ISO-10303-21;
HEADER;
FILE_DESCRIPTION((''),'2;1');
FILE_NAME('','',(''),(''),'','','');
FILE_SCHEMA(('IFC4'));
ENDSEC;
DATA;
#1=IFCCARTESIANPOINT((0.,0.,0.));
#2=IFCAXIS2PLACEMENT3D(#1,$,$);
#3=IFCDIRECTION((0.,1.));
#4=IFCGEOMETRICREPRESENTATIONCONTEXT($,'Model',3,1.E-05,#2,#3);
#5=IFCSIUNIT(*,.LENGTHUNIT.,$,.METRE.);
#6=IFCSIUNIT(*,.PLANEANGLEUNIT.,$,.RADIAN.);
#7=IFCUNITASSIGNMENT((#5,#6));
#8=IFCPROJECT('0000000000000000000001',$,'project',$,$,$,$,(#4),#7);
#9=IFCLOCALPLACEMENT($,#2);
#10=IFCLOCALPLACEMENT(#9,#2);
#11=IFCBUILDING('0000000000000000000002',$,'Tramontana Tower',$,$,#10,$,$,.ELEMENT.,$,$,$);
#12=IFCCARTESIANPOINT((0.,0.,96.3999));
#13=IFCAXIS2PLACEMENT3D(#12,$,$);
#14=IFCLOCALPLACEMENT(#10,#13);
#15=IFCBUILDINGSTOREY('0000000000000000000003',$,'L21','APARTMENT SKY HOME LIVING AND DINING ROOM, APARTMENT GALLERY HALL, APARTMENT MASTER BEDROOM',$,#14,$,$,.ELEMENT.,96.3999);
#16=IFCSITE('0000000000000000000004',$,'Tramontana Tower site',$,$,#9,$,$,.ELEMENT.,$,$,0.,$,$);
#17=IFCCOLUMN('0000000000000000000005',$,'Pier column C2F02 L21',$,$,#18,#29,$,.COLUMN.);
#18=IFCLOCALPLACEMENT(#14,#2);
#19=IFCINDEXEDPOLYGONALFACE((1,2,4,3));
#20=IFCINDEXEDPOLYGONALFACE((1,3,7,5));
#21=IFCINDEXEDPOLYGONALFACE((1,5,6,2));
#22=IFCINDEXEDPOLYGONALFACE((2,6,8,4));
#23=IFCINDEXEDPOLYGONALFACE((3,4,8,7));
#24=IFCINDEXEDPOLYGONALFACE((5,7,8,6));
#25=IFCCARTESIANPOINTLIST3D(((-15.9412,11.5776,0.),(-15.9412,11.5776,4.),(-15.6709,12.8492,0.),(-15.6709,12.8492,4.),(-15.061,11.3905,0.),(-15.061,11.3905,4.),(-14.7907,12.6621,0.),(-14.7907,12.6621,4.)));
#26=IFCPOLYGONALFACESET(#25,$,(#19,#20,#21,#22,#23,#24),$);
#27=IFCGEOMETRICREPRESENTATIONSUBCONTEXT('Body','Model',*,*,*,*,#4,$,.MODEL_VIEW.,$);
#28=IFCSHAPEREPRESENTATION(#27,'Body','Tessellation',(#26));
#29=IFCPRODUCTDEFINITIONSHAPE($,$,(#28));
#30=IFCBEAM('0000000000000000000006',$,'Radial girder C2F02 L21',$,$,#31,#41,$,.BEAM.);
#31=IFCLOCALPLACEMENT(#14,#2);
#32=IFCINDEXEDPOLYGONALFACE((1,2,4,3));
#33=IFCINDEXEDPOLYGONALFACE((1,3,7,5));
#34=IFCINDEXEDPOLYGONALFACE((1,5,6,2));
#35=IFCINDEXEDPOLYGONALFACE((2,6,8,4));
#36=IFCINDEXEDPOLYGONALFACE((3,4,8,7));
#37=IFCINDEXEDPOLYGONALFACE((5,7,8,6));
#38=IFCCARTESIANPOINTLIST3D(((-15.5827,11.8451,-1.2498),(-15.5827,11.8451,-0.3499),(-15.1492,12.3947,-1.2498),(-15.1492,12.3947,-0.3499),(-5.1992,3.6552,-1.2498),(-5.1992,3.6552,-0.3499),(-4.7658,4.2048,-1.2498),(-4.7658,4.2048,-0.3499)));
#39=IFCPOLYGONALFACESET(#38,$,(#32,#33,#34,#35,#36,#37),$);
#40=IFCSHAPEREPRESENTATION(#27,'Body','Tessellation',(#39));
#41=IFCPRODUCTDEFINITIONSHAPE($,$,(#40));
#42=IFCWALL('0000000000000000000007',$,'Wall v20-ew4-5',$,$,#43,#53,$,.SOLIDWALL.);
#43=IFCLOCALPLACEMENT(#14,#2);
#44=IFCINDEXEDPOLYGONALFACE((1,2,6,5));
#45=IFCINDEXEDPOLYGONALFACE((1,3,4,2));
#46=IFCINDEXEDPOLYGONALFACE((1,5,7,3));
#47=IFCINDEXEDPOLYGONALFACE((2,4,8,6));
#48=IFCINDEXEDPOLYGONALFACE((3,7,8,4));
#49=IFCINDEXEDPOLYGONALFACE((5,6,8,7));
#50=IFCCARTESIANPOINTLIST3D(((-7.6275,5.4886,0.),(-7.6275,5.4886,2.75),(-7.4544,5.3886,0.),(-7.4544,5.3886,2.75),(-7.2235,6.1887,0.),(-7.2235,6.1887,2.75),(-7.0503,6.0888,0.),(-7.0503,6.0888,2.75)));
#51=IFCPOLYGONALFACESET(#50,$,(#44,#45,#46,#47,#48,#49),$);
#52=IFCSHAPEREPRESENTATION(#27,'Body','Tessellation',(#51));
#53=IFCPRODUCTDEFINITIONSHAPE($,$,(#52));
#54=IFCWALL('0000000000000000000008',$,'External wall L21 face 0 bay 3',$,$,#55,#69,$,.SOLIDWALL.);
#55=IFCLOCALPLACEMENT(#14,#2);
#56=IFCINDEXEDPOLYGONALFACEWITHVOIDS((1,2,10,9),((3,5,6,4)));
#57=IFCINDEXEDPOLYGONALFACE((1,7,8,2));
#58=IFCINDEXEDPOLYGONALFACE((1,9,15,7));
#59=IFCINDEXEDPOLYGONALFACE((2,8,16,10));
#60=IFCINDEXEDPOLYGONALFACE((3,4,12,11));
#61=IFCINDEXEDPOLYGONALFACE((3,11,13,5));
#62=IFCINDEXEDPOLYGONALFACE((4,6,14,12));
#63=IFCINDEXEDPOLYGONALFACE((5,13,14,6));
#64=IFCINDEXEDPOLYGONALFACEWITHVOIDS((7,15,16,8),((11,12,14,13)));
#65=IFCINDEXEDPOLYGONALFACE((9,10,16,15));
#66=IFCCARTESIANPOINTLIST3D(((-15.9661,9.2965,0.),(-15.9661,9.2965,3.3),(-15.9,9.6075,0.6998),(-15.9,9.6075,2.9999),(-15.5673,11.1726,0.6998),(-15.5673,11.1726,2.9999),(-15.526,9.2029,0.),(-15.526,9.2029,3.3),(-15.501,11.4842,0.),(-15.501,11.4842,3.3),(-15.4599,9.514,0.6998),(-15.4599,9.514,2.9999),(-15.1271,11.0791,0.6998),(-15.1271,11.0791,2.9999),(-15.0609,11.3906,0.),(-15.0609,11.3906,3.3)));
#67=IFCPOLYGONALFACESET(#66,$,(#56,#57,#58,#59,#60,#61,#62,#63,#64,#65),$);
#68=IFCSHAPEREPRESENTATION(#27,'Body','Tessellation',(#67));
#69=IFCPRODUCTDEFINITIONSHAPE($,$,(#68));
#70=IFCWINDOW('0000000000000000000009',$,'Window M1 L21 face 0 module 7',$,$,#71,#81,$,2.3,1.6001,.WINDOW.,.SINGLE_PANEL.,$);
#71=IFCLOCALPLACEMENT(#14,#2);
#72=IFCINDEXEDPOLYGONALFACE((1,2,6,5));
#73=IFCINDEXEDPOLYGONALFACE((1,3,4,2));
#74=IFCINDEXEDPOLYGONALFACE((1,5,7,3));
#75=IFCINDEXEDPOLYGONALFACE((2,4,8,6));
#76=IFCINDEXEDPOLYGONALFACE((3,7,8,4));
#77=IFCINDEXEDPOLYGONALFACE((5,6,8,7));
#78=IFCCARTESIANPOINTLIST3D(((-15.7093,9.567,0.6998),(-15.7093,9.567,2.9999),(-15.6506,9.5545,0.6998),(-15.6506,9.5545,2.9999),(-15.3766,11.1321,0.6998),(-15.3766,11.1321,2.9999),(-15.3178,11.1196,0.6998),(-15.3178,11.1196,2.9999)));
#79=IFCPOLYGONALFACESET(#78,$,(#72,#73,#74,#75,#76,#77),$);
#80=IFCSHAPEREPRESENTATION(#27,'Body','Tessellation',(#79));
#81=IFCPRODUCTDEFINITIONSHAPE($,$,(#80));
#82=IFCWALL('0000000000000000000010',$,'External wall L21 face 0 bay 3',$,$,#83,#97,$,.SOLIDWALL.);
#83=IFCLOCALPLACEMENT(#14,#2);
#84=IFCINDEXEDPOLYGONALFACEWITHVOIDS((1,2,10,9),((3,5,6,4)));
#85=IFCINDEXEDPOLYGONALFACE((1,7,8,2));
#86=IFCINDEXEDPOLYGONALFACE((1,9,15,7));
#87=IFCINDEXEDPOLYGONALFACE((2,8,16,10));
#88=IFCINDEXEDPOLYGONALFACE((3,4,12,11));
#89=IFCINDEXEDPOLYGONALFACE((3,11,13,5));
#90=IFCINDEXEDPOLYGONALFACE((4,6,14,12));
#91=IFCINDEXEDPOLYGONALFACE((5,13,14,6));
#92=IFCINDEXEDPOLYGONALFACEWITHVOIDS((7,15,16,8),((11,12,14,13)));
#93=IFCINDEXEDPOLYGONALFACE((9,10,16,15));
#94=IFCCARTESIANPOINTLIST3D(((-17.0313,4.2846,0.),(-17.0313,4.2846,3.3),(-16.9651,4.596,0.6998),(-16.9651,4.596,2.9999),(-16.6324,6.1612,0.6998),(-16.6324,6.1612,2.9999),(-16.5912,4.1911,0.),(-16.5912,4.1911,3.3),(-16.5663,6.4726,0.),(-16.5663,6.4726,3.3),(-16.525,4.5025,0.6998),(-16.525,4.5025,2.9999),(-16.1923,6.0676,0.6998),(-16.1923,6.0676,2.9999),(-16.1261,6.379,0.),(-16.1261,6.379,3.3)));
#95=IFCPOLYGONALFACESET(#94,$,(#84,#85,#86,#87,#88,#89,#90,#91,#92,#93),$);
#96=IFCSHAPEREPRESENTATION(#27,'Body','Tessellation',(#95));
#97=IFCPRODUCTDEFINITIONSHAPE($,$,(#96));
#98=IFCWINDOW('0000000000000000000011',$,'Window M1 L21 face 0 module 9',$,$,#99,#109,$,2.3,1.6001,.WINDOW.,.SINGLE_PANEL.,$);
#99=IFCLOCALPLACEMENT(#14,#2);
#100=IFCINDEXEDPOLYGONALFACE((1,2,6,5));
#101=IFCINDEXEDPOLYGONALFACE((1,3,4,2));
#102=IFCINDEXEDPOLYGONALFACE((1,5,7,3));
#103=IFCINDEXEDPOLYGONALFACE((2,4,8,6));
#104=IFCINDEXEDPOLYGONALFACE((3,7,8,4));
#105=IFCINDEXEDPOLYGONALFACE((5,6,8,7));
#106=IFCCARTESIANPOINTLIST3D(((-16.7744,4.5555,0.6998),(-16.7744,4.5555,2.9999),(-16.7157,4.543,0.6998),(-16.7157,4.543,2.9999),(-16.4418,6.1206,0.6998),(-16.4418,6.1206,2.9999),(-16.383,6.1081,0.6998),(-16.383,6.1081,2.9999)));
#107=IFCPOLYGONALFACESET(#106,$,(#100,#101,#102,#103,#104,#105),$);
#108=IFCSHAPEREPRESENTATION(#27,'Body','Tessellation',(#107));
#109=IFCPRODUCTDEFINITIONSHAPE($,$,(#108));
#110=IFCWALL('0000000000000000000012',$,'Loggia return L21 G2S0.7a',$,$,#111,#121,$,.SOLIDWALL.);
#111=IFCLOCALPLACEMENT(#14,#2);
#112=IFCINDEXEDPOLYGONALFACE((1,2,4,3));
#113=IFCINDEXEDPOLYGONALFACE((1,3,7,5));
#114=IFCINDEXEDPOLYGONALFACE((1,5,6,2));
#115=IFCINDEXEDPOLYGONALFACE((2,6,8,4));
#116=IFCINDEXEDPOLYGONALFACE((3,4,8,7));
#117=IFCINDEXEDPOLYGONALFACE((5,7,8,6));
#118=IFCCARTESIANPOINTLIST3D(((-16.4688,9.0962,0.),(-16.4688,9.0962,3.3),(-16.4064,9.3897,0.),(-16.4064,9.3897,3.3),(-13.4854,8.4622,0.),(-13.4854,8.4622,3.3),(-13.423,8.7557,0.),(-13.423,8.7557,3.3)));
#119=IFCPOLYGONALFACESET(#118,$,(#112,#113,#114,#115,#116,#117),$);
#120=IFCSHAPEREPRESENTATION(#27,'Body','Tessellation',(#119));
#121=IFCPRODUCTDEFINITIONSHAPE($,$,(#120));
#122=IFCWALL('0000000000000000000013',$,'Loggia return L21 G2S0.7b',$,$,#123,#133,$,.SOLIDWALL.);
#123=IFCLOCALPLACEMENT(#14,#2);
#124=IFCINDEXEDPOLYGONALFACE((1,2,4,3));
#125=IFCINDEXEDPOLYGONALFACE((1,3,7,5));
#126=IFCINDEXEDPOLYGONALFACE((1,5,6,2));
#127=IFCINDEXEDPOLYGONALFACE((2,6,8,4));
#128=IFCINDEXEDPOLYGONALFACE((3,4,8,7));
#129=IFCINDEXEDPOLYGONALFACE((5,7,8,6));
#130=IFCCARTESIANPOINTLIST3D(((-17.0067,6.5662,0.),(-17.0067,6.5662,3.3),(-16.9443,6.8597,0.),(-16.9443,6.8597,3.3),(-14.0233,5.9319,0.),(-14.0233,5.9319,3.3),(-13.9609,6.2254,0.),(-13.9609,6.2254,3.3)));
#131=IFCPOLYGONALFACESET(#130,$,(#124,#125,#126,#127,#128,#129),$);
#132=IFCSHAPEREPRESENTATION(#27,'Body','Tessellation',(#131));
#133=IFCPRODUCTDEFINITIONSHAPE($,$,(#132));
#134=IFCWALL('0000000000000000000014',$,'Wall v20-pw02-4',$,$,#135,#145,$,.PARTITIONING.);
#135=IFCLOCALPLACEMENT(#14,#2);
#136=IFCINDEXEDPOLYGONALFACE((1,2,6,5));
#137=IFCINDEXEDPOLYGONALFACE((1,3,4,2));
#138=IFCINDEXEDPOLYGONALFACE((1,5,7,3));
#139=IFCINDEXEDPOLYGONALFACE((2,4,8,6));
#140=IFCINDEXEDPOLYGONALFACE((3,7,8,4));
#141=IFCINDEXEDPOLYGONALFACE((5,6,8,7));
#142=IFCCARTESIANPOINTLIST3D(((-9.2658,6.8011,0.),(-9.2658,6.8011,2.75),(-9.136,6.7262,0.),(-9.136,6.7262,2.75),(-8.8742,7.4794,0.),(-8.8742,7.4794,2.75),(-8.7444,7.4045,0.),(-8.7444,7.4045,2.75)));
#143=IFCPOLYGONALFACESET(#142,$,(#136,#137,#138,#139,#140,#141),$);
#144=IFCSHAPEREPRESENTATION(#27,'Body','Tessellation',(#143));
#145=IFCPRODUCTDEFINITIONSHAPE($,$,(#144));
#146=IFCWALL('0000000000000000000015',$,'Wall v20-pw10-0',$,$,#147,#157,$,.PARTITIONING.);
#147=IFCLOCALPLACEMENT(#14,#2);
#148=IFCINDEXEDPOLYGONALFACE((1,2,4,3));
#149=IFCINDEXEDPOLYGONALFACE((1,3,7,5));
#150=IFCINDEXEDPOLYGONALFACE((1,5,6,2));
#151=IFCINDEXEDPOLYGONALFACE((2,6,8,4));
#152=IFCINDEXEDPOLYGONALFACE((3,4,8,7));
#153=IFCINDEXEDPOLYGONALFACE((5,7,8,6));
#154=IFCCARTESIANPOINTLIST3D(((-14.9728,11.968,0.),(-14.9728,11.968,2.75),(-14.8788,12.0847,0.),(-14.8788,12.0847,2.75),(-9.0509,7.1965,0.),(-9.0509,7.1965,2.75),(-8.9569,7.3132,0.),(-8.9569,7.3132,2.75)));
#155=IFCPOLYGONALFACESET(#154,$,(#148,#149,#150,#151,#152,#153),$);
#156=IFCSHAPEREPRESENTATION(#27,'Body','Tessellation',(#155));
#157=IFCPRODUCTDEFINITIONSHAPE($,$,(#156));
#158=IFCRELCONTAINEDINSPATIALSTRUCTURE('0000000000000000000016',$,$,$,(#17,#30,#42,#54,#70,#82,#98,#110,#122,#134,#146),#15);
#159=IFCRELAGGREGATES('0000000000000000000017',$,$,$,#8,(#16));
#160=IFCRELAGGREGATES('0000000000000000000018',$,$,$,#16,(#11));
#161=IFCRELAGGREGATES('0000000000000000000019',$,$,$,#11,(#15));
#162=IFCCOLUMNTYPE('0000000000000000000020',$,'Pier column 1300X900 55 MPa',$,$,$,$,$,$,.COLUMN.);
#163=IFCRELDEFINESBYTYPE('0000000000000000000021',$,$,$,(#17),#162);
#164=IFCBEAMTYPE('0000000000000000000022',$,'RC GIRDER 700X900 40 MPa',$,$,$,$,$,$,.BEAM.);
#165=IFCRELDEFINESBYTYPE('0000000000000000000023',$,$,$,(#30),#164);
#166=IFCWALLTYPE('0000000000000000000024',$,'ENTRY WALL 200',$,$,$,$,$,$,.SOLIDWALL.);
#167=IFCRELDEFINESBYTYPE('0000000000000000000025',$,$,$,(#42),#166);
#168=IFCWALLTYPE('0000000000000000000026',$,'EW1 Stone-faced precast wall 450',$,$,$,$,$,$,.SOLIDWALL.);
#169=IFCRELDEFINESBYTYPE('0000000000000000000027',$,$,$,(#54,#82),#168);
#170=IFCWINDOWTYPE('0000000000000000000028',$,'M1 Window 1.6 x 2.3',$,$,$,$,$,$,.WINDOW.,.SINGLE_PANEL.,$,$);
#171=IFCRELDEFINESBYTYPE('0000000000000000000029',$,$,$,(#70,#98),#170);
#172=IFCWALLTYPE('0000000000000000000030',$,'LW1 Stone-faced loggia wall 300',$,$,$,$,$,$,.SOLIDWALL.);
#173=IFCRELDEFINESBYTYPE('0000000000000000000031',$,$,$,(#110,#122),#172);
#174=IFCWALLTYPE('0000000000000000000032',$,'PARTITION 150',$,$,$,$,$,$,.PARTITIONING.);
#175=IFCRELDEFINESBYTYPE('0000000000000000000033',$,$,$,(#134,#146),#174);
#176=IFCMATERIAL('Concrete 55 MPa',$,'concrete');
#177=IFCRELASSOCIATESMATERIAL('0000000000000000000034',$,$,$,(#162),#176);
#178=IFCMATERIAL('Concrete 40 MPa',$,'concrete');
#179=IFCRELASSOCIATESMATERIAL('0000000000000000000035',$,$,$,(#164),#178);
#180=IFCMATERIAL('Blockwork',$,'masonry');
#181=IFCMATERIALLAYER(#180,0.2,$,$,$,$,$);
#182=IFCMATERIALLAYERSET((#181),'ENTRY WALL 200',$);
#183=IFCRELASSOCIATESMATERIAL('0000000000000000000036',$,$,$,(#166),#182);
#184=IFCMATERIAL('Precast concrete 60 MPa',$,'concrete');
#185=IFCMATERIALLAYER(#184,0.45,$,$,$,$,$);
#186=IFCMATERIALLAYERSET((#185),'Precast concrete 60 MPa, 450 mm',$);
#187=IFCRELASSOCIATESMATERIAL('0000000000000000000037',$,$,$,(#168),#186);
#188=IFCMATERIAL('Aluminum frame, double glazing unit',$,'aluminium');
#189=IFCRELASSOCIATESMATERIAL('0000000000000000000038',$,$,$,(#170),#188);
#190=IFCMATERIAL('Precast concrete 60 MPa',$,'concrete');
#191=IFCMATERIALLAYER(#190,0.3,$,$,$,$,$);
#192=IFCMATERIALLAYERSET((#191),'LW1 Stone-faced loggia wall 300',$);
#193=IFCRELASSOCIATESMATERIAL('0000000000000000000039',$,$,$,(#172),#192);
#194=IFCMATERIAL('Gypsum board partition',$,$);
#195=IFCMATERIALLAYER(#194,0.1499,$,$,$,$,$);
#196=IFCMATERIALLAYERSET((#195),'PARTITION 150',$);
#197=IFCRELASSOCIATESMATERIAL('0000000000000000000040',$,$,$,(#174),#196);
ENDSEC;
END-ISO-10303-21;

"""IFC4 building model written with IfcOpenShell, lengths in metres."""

from ifc_helpers import new_model, si_unit, direction, frame, frame_2d, origin, origin_2d, place, context, subcontext, project, spatial, rectangle, extrude, material, layer, layer_set, material_profile, profile_set, type_object, element, fill, save


model = new_model("IFC4")

# Units and contexts
model_context = context("Model", 3, precision=1e-05, world=origin(), true_north=direction((0.0, 1.0)))
body_context = subcontext(model_context, "Body", "Model", "MODEL_VIEW")
ifc_project = project(units=[si_unit("LENGTHUNIT", "METRE"), si_unit("PLANEANGLEUNIT", "RADIAN")], contexts=[model_context])

# Site, building, storey
site_placement = place(None, origin())
site = spatial("IfcSite", under=ifc_project, at=site_placement, Name="Tramontana Tower site", CompositionType="ELEMENT", RefElevation=0.0)
building_placement = place(site_placement, origin())
building = spatial("IfcBuilding", under=site, at=building_placement, Name="Tramontana Tower", CompositionType="ELEMENT")
storey_placement = place(building_placement, frame((0.0, 0.0, 96.3999)))
storey = spatial("IfcBuildingStorey", under=building, at=storey_placement, Name="L21", Description="APARTMENT SKY HOME LIVING AND DINING ROOM, APARTMENT GALLERY HALL, APARTMENT MASTER BEDROOM", CompositionType="ELEMENT", Elevation=96.3999)

# Column
ifc_material_1 = material(Name="Concrete 55 MPa", Category="concrete")
ifc_material_profile_1 = material_profile(ifc_material_1, rectangle(XDim=1.3, YDim=0.8999, at=origin_2d()), Name="Pier column 1300X900 55 MPa")
ifc_profile_set_1 = profile_set([ifc_material_profile_1], Name="Concrete 55 MPa")
column_type = type_object("IfcColumnType", Name="Pier column 1300X900 55 MPa", PredefinedType="COLUMN", material=ifc_profile_set_1)
column_placement = place(storey_placement, frame((-15.366, 12.1199, 0.0), z_axis=(0.0, 0.0, 1.0), x_axis=(-0.207912, -0.978148, 0.0)))
element("IfcColumn", 1, at=column_placement, inside=storey, type_object=column_type, Name="Pier column C2F02 L21", PredefinedType="COLUMN", context=body_context, shape_type="SweptSolid", body=[
    extrude(rectangle(XDim=1.3, YDim=0.8999, at=origin_2d()), origin(), (0.0, 0.0, 1.0), 4.0),
])

# Beam
ifc_material_2 = material(Name="Concrete 40 MPa", Category="concrete")
ifc_material_profile_2 = material_profile(ifc_material_2, rectangle(XDim=0.7, YDim=0.8999, at=origin_2d()), Name="RC GIRDER 700X900 40 MPa")
ifc_profile_set_2 = profile_set([ifc_material_profile_2], Name="Concrete 40 MPa")
beam_type = type_object("IfcBeamType", Name="RC GIRDER 700X900 40 MPa", PredefinedType="BEAM", material=ifc_profile_set_2)
beam_placement = place(storey_placement, frame((-15.366, 12.1199, -0.7998), z_axis=(0.785162, -0.61929, 0.0), x_axis=(0.61929, 0.785162, 0.0)))
element("IfcBeam", 2, at=beam_placement, inside=storey, type_object=beam_type, Name="Radial girder C2F02 L21", PredefinedType="BEAM", context=body_context, shape_type="SweptSolid", body=[
    extrude(rectangle(XDim=0.7, YDim=0.8999, at=origin_2d()), origin(), (0.0, 0.0, 1.0), 13.2246),
])

# Wall
ifc_material_3 = material(Name="Blockwork", Category="masonry")
ifc_layer_1 = layer(ifc_material_3, 0.2)
ifc_layer_set_1 = layer_set([ifc_layer_1], Name="ENTRY WALL 200")
wall_type_1 = type_object("IfcWallType", Name="ENTRY WALL 200", PredefinedType="SOLIDWALL", material=ifc_layer_set_1)
wall_1_placement = place(storey_placement, frame((-7.541, 5.4385, 0.0), z_axis=(0.0, 0.0, 1.0), x_axis=(0.49981, 0.866135, 0.0)))
element("IfcWall", 3, at=wall_1_placement, inside=storey, type_object=wall_type_1, Name="Wall v20-ew4-5", PredefinedType="SOLIDWALL", context=body_context, shape_type="SweptSolid", body=[
    extrude(rectangle(XDim=0.8083, YDim=0.2, at=frame_2d((0.4043, 0.0))), origin(), (0.0, 0.0, 1.0), 2.75),
])

# Walls, openings, windows
ifc_material_4 = material(Name="Precast concrete 60 MPa", Category="concrete")
ifc_layer_2 = layer(ifc_material_4, 0.45)
ifc_layer_set_2 = layer_set([ifc_layer_2], Name="Precast concrete 60 MPa, 450 mm")
wall_type_2 = type_object("IfcWallType", Name="EW1 Stone-faced precast wall 450", PredefinedType="SOLIDWALL", material=ifc_layer_set_2)
wall_2_placement = place(storey_placement, frame((-15.281, 11.4373, 0.0), z_axis=(0.0, 0.0, 1.0), x_axis=(-0.207941, -0.978141, 0.0)))
wall_2 = element("IfcWall", 4, at=wall_2_placement, inside=storey, type_object=wall_type_2, Name="External wall L21 face 0 bay 3", PredefinedType="SOLIDWALL", context=body_context, shape_type="SweptSolid", body=[
    extrude(rectangle(XDim=2.2366, YDim=0.45, at=frame_2d((1.1182, 0.0))), origin(), (0.0, 0.0, 1.0), 3.3),
])
opening_1_placement = place(wall_2_placement, frame((0.3184, 0.0, 0.7)))
opening_1 = element("IfcOpeningElement", 5, at=opening_1_placement, cuts=wall_2, PredefinedType="OPENING", context=body_context, shape_type="SweptSolid", body=[
    extrude(rectangle(XDim=1.6001, YDim=2.3, at=frame_2d((0.8, 1.1499))), frame((0.0, 0.2349, 0.0), z_axis=(0.0, -1.0, 0.0), x_axis=(1.0, 0.0, 0.0)), (0.0, 0.0, 1.0), 0.47),
])
ifc_material_5 = material(Name="Aluminum frame, double glazing unit", Category="aluminium")
window_type = type_object("IfcWindowType", Name="M1 Window 1.6 x 2.3", PartitioningType="SINGLE_PANEL", PredefinedType="WINDOW", material=ifc_material_5)
window_1_placement = place(opening_1_placement, origin())
window_1 = element("IfcWindow", 6, at=window_1_placement, inside=storey, type_object=window_type, Name="Window M1 L21 face 0 module 7", OverallHeight=2.3, OverallWidth=1.6001, PartitioningType="SINGLE_PANEL", PredefinedType="WINDOW", context=body_context, shape_type="SweptSolid", body=[
    extrude(rectangle(XDim=1.6001, YDim=2.3, at=frame_2d((0.8, 1.1499))), frame((0.0, 0.03, 0.0), z_axis=(0.0, -1.0, 0.0), x_axis=(1.0, 0.0, 0.0)), (0.0, 0.0, 1.0), 0.0601),
])
fill(opening_1, window_1)
wall_3_placement = place(storey_placement, frame((-16.3462, 6.4258, 0.0), z_axis=(0.0, 0.0, 1.0), x_axis=(-0.207919, -0.978146, 0.0)))
wall_3 = element("IfcWall", 7, at=wall_3_placement, inside=storey, type_object=wall_type_2, Name="External wall L21 face 0 bay 3", PredefinedType="SOLIDWALL", context=body_context, shape_type="SweptSolid", body=[
    extrude(rectangle(XDim=2.2368, YDim=0.45, at=frame_2d((1.1184, 0.0))), origin(), (0.0, 0.0, 1.0), 3.3),
])
opening_2_placement = place(wall_3_placement, frame((0.3184, 0.0, 0.7)))
opening_2 = element("IfcOpeningElement", 8, at=opening_2_placement, cuts=wall_3, PredefinedType="OPENING", context=body_context, shape_type="SweptSolid", body=[
    extrude(rectangle(XDim=1.6001, YDim=2.3, at=frame_2d((0.8, 1.1499))), frame((0.0, 0.2349, 0.0), z_axis=(0.0, -1.0, 0.0), x_axis=(1.0, 0.0, 0.0)), (0.0, 0.0, 1.0), 0.47),
])
window_2_placement = place(opening_2_placement, origin())
window_2 = element("IfcWindow", 9, at=window_2_placement, inside=storey, type_object=window_type, Name="Window M1 L21 face 0 module 9", OverallHeight=2.3, OverallWidth=1.6001, PartitioningType="SINGLE_PANEL", PredefinedType="WINDOW", context=body_context, shape_type="SweptSolid", body=[
    extrude(rectangle(XDim=1.6001, YDim=2.3, at=frame_2d((0.8, 1.1499))), frame((0.0, 0.03, 0.0), z_axis=(0.0, -1.0, 0.0), x_axis=(1.0, 0.0, 0.0)), (0.0, 0.0, 1.0), 0.0601),
])
fill(opening_2, window_2)

# Shared definitions
ifc_material_6 = material(Name="Precast concrete 60 MPa", Category="concrete")
ifc_layer_3 = layer(ifc_material_6, 0.3)
ifc_layer_set_3 = layer_set([ifc_layer_3], Name="LW1 Stone-faced loggia wall 300")
wall_type_3 = type_object("IfcWallType", Name="LW1 Stone-faced loggia wall 300", PredefinedType="SOLIDWALL", material=ifc_layer_set_3)

# Walls
for number, where, z_axis, x_axis, name in (
    (10, (-16.4375, 9.2429, 0.0), (0.0, 0.0, 1.0), (0.978155, -0.207878, 0.0), "Loggia return L21 G2S0.7a"),
    (11, (-16.9753, 6.7129, 0.0), (0.0, 0.0, 1.0), (0.978139, -0.207954, 0.0), "Loggia return L21 G2S0.7b"),
):
    element("IfcWall", number, at=place(storey_placement, frame(where, z_axis=z_axis, x_axis=x_axis)), inside=storey, type_object=wall_type_3, Name=name, PredefinedType="SOLIDWALL", context=body_context, shape_type="SweptSolid", body=[
        extrude(rectangle(XDim=3.05, YDim=0.3, at=frame_2d((1.5249, 0.0))), origin(), (0.0, 0.0, 1.0), 3.3),
    ])
ifc_material_7 = material(Name="Gypsum board partition")
ifc_layer_4 = layer(ifc_material_7, 0.1499)
ifc_layer_set_4 = layer_set([ifc_layer_4], Name="PARTITION 150")
wall_type_4 = type_object("IfcWallType", Name="PARTITION 150", PredefinedType="PARTITIONING", material=ifc_layer_set_4)
wall_4_placement = place(storey_placement, frame((-9.2009, 6.7637, 0.0), z_axis=(0.0, 0.0, 1.0), x_axis=(0.500028, 0.866009, 0.0)))
element("IfcWall", 12, at=wall_4_placement, inside=storey, type_object=wall_type_4, Name="Wall v20-pw02-4", PredefinedType="PARTITIONING", context=body_context, shape_type="SweptSolid", body=[
    extrude(rectangle(XDim=0.7832, YDim=0.1499, at=frame_2d((0.3916, 0.0))), origin(), (0.0, 0.0, 1.0), 2.75),
])

# Wall
wall_5_placement = place(storey_placement, frame((-9.0039, 7.2549, 0.0), z_axis=(0.0, 0.0, 1.0), x_axis=(-0.778684, 0.627416, 0.0)))
element("IfcWall", 13, at=wall_5_placement, inside=storey, type_object=wall_type_4, Name="Wall v20-pw10-0", PredefinedType="PARTITIONING", context=body_context, shape_type="SweptSolid", body=[
    extrude(rectangle(XDim=7.605, YDim=0.1499, at=frame_2d((3.8025, 0.0))), origin(), (0.0, 0.0, 1.0), 2.75),
])

save(model, "model.ifc")
